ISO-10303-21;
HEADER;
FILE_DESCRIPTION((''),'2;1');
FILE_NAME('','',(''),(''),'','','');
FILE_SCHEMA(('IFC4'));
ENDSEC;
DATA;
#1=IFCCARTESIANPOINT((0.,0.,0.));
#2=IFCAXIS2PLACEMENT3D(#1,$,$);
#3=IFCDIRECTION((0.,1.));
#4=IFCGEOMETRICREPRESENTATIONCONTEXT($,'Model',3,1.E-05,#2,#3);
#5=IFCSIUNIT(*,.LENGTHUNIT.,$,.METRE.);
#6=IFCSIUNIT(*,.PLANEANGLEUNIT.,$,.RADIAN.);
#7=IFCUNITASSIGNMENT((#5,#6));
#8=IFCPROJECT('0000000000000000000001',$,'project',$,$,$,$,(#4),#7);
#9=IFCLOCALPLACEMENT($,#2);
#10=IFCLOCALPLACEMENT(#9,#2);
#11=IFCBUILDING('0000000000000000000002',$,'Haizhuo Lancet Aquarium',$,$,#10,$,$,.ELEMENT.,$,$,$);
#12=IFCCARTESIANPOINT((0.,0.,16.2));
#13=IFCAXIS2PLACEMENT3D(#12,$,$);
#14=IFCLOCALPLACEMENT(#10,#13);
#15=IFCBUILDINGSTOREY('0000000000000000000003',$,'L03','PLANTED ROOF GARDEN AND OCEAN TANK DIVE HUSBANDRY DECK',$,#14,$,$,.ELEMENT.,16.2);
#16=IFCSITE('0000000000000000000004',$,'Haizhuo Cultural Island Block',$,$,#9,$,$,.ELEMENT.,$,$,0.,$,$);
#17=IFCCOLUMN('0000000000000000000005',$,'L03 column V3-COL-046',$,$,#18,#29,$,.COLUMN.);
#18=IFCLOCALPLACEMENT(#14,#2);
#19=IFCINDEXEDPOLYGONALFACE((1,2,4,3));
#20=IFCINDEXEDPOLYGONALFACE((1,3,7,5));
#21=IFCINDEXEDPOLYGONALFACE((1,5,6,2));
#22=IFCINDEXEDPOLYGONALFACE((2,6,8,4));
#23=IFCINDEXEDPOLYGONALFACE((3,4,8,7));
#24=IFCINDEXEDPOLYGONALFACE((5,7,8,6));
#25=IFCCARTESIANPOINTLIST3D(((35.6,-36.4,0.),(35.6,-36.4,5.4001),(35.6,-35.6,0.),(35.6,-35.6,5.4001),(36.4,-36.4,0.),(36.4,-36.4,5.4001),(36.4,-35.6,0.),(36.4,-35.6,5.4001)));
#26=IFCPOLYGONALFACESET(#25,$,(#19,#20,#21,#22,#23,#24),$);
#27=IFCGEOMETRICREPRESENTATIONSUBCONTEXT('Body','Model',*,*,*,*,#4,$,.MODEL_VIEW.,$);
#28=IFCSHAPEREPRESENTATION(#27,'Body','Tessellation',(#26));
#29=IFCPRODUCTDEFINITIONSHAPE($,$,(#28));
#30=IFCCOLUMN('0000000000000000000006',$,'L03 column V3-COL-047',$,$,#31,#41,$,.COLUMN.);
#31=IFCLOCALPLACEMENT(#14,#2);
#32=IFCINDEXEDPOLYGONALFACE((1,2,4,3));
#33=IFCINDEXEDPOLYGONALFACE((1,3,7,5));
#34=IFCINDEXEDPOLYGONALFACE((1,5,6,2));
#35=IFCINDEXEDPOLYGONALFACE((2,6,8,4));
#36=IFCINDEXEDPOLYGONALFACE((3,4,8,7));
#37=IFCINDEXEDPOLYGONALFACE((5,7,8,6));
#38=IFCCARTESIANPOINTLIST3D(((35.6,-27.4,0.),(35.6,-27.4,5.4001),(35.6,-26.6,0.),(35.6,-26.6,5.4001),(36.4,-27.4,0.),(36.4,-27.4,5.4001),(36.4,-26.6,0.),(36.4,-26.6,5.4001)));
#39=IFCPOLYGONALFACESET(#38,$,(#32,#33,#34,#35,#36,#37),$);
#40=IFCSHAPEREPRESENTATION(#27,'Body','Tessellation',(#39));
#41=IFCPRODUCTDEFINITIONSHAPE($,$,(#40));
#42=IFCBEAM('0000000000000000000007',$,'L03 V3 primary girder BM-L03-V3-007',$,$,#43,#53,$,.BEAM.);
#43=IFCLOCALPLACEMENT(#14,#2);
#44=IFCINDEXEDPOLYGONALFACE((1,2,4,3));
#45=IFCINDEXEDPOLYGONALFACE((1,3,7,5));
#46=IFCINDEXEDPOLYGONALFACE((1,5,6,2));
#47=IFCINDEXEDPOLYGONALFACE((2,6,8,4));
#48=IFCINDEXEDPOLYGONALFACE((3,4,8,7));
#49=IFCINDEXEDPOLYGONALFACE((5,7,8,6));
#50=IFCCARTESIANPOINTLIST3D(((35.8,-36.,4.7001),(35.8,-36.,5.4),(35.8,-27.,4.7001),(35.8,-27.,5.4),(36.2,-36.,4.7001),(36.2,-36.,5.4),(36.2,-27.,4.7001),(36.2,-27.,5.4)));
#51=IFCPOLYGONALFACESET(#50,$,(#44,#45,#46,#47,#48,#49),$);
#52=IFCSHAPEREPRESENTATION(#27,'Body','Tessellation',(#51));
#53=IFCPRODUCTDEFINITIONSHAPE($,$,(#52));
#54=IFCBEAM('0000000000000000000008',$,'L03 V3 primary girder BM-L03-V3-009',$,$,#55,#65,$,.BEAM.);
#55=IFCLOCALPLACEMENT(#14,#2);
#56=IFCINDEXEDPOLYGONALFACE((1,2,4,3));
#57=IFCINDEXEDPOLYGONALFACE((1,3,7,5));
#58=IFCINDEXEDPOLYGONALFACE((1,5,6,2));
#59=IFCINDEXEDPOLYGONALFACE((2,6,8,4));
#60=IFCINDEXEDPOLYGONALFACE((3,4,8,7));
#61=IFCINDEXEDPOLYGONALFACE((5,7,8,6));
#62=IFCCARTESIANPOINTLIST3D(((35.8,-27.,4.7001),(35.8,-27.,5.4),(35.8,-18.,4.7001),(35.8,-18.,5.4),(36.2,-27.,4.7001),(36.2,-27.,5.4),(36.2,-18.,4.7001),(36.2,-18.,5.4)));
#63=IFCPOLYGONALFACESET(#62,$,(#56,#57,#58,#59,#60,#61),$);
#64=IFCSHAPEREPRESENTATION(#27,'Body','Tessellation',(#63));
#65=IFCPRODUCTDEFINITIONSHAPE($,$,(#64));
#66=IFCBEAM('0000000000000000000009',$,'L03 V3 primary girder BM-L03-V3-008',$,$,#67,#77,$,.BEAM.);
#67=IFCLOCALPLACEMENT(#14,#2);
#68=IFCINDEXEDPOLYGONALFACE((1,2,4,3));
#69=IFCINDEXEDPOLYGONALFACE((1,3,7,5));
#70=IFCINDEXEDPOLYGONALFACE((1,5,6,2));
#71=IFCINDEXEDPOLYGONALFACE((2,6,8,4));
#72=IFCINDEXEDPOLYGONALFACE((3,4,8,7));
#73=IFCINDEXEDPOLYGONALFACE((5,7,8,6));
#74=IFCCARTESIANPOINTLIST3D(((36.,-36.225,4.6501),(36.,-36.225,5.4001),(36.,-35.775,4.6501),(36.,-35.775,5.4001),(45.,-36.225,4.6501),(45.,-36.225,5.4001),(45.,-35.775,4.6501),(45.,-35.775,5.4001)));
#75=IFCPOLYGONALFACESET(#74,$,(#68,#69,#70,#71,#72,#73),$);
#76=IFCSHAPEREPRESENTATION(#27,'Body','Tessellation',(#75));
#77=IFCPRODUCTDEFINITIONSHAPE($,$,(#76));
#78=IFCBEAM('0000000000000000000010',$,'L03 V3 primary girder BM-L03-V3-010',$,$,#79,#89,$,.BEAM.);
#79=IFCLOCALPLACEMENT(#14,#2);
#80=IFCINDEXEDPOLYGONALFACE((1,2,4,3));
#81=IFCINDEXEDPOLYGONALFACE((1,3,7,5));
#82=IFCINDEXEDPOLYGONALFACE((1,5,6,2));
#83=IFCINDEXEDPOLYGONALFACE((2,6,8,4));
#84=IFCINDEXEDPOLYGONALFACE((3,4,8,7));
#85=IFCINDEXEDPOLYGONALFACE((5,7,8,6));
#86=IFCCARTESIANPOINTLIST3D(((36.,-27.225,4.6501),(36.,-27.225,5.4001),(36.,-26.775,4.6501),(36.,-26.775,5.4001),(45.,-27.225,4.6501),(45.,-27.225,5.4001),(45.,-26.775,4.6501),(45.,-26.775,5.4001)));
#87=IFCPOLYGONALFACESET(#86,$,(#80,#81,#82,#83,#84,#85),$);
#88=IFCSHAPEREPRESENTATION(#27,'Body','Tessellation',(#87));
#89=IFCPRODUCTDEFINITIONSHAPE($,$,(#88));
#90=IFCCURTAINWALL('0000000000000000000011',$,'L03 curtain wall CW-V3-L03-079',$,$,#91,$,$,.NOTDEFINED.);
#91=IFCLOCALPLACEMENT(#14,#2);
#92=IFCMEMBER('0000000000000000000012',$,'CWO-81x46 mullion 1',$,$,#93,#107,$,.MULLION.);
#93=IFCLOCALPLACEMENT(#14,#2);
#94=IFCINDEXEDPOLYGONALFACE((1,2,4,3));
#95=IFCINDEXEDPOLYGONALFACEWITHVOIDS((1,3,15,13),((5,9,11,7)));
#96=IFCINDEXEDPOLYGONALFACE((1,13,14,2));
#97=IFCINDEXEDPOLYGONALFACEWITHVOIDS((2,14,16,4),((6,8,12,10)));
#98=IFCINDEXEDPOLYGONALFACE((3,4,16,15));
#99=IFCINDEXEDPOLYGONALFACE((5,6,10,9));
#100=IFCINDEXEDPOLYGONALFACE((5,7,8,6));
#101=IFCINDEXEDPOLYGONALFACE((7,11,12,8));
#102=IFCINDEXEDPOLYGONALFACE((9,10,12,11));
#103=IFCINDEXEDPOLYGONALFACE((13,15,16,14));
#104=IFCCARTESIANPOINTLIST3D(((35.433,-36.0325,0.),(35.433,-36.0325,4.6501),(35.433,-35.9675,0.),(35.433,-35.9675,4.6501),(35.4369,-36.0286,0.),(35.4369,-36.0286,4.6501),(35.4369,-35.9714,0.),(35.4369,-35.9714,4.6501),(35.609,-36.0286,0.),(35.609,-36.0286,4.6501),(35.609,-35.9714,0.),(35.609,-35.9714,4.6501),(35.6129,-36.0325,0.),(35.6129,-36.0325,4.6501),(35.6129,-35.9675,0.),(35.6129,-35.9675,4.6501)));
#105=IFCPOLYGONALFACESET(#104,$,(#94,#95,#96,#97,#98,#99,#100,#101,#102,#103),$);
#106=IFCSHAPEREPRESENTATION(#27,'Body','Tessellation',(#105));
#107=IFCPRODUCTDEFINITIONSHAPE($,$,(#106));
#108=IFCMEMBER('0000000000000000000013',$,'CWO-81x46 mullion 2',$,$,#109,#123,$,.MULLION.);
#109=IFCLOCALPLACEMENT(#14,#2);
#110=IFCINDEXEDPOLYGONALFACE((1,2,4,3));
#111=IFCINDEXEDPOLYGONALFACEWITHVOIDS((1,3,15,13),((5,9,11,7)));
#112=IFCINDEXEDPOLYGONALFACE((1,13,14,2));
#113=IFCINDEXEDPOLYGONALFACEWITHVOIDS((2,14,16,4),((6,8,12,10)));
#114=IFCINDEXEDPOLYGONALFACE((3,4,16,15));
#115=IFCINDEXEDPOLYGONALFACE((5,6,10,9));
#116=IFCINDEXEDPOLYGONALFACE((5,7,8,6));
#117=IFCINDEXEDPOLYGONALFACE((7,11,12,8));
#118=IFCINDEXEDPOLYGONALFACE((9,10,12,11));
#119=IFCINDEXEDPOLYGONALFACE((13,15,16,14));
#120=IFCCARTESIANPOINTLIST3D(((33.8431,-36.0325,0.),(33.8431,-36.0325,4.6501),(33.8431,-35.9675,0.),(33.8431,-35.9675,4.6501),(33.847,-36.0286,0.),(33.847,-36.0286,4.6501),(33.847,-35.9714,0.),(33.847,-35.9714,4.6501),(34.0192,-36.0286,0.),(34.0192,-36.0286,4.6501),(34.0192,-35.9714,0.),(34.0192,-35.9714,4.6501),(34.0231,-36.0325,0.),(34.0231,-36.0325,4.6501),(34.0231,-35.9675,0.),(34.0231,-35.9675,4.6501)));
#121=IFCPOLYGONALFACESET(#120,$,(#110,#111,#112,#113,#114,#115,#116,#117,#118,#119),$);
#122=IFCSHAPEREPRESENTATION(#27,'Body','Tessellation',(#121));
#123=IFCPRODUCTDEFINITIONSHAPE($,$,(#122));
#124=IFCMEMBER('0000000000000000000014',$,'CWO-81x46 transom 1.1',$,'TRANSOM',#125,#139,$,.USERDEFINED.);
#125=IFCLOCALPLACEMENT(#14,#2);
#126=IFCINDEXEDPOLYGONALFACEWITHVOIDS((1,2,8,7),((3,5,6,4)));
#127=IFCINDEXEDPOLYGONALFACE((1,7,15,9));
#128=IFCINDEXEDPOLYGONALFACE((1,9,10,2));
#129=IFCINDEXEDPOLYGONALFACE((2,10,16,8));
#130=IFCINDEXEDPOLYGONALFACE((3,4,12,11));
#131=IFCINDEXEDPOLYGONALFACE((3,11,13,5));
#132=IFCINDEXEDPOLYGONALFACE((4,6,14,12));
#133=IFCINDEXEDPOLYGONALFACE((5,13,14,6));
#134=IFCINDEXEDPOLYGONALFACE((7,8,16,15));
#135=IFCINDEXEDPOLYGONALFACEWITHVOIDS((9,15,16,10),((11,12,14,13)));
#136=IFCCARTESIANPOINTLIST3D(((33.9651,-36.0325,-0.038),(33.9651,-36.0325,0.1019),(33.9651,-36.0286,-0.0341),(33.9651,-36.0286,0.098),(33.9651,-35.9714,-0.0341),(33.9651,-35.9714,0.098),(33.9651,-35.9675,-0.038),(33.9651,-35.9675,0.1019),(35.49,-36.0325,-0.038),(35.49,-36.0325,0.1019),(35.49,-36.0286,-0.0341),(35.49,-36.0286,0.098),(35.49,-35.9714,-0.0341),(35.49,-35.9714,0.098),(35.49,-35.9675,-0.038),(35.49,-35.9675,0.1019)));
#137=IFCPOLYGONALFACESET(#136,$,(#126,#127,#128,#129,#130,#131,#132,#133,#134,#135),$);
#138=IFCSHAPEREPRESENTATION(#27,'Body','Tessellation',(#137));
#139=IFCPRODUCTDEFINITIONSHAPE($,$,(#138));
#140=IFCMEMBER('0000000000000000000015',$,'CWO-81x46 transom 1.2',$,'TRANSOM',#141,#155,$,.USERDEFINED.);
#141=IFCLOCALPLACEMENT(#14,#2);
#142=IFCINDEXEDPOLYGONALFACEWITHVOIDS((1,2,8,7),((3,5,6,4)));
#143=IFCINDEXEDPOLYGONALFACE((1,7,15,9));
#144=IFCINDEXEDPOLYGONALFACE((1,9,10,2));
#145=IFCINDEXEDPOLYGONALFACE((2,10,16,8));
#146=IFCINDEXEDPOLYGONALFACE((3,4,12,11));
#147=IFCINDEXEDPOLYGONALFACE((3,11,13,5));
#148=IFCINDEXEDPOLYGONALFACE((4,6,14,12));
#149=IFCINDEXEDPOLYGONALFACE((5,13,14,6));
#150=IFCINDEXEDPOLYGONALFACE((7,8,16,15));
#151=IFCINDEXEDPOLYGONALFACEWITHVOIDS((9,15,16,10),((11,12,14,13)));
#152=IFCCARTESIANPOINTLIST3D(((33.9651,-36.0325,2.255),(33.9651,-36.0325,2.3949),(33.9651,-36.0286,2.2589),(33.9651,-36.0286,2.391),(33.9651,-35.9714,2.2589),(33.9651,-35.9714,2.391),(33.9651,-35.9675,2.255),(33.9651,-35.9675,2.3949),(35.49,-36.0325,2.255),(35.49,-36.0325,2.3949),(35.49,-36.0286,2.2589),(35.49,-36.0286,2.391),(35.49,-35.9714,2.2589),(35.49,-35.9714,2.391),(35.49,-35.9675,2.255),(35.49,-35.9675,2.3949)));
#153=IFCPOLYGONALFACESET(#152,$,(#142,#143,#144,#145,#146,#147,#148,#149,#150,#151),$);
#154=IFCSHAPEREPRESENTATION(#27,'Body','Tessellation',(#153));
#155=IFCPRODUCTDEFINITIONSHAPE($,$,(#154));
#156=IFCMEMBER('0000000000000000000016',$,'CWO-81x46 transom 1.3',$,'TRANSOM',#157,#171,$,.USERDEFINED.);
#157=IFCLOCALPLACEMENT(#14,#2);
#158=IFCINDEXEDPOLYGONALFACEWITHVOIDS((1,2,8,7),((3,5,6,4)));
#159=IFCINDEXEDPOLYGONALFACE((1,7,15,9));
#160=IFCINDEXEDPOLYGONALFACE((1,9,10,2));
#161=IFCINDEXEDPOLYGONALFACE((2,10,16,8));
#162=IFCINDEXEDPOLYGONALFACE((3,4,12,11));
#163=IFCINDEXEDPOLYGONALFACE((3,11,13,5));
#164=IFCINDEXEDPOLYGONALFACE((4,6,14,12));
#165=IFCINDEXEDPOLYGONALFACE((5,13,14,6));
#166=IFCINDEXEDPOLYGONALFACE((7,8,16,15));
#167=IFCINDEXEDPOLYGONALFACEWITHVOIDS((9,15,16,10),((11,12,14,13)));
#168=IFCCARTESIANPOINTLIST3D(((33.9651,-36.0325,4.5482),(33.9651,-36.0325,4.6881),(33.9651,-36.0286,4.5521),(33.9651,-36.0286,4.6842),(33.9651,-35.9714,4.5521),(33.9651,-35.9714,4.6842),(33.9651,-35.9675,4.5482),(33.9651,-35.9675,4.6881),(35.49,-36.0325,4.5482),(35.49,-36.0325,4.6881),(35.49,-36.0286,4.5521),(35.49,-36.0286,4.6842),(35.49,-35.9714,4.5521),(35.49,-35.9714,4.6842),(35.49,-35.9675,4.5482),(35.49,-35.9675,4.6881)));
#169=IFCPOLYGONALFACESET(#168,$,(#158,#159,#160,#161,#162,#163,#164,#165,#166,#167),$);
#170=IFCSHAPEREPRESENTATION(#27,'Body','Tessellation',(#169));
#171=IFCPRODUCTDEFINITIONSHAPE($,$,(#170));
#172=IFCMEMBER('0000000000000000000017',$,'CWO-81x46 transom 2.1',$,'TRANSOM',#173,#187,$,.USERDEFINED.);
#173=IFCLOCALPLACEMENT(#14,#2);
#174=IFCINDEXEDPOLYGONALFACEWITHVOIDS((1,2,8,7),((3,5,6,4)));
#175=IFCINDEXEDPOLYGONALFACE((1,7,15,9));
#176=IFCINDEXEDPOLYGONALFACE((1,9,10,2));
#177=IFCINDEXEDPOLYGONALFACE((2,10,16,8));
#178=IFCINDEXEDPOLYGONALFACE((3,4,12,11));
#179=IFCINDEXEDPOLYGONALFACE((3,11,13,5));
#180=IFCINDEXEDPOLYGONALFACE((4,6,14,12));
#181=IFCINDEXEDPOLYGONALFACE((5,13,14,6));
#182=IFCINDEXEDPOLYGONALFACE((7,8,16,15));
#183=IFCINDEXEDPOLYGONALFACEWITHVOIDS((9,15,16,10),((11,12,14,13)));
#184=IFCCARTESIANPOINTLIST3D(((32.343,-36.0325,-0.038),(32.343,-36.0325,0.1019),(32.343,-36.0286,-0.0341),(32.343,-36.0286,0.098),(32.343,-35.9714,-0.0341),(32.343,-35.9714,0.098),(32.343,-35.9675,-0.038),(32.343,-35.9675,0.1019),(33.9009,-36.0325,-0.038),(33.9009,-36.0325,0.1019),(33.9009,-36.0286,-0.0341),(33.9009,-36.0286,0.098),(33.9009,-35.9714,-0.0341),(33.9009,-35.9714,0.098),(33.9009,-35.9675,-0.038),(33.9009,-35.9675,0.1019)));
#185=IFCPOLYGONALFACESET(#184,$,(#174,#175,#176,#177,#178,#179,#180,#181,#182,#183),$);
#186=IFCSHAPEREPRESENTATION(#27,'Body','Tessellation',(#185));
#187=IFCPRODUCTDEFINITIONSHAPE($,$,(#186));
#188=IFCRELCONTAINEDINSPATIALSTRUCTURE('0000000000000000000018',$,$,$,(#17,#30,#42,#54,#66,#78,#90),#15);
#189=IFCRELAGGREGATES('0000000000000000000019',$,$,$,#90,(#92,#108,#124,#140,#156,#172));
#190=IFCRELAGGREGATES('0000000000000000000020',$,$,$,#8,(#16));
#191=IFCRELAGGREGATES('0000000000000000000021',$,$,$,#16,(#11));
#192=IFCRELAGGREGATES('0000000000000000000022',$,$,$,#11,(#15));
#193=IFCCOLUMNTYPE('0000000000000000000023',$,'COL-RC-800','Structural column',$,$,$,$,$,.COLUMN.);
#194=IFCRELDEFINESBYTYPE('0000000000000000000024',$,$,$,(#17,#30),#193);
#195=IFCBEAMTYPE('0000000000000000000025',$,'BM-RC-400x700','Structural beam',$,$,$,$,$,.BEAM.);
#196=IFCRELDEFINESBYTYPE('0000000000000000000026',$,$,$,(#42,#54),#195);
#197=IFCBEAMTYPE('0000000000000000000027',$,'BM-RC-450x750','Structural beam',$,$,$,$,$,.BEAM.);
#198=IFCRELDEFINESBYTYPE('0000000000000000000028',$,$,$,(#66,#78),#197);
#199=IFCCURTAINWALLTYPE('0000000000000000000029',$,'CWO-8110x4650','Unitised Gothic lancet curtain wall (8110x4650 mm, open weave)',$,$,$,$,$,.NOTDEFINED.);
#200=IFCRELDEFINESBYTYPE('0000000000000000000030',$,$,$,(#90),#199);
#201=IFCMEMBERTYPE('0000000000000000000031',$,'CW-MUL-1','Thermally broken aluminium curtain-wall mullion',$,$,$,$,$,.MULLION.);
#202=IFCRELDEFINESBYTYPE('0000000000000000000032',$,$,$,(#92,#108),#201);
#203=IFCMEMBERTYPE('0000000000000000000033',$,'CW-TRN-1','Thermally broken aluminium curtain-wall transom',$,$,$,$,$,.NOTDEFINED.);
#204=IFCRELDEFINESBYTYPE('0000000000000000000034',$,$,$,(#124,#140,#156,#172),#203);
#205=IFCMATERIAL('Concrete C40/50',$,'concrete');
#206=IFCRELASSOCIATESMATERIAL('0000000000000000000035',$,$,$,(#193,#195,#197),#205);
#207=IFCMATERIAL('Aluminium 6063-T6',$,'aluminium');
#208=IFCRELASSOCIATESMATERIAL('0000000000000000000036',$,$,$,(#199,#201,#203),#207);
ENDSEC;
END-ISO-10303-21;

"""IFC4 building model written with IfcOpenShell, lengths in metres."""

from ifc_helpers import new_model, si_unit, direction, frame, origin, origin_2d, place, context, subcontext, project, spatial, rectangle, hollow_rectangle, extrude, material, material_profile, profile_set, type_object, element, aggregate, save


model = new_model("IFC4")

# Units and contexts
model_context = context("Model", 3, precision=1e-05, world=origin(), true_north=direction((0.0, 1.0)))
body_context = subcontext(model_context, "Body", "Model", "MODEL_VIEW")
ifc_project = project(units=[si_unit("LENGTHUNIT", "METRE"), si_unit("PLANEANGLEUNIT", "RADIAN")], contexts=[model_context])

# Site, building, storey
site_placement = place(None, origin())
site = spatial("IfcSite", under=ifc_project, at=site_placement, Name="Haizhuo Cultural Island Block", CompositionType="ELEMENT", RefElevation=0.0)
building_placement = place(site_placement, origin())
building = spatial("IfcBuilding", under=site, at=building_placement, Name="Haizhuo Lancet Aquarium", CompositionType="ELEMENT")
storey_placement = place(building_placement, frame((0.0, 0.0, 16.2)))
storey = spatial("IfcBuildingStorey", under=building, at=storey_placement, Name="L03", Description="PLANTED ROOF GARDEN AND OCEAN TANK DIVE HUSBANDRY DECK", CompositionType="ELEMENT", Elevation=16.2)

# Columns
ifc_material_1 = material(Name="Concrete C40/50", Category="concrete")
ifc_material_profile_1 = material_profile(ifc_material_1, rectangle(XDim=0.8, YDim=0.8, at=origin_2d()), Name="RC-COL 800x800")
ifc_profile_set_1 = profile_set([ifc_material_profile_1], Name="Concrete C40/50")
column_type = type_object("IfcColumnType", Name="COL-RC-800", Description="Structural column", PredefinedType="COLUMN", material=ifc_profile_set_1)
for number, where, z_axis, x_axis, name in (
    (1, (36.0, -36.0, 0.0), (0.0, 0.0, 1.0), (1.0, 0.0, 0.0), "L03 column V3-COL-046"),
    (2, (36.0, -27.0, 0.0), (0.0, 0.0, 1.0), (1.0, 0.0, 0.0), "L03 column V3-COL-047"),
):
    element("IfcColumn", number, at=place(storey_placement, frame(where, z_axis=z_axis, x_axis=x_axis)), inside=storey, type_object=column_type, Name=name, PredefinedType="COLUMN", context=body_context, shape_type="SweptSolid", body=[
        extrude(rectangle(XDim=0.8, YDim=0.8, at=origin_2d()), origin(), (0.0, 0.0, 1.0), 5.4001),
    ])

# Beams
ifc_material_profile_2 = material_profile(ifc_material_1, rectangle(XDim=0.3999, YDim=0.7, at=origin_2d()), Name="RC-BM 400x700")
ifc_profile_set_2 = profile_set([ifc_material_profile_2], Name="Concrete C40/50")
beam_type_1 = type_object("IfcBeamType", Name="BM-RC-400x700", Description="Structural beam", PredefinedType="BEAM", material=ifc_profile_set_2)
for number, where, z_axis, x_axis, name in (
    (3, (36.0, -36.0, 5.05), (0.0, 1.0, 0.0), (-1.0, 0.0, 0.0), "L03 V3 primary girder BM-L03-V3-007"),
    (4, (36.0, -27.0, 5.05), (0.0, 1.0, 0.0), (-1.0, 0.0, 0.0), "L03 V3 primary girder BM-L03-V3-009"),
):
    element("IfcBeam", number, at=place(storey_placement, frame(where, z_axis=z_axis, x_axis=x_axis)), inside=storey, type_object=beam_type_1, Name=name, PredefinedType="BEAM", context=body_context, shape_type="SweptSolid", body=[
        extrude(rectangle(XDim=0.3999, YDim=0.7, at=origin_2d()), origin(), (0.0, 0.0, 1.0), 9.0),
    ])
ifc_material_profile_3 = material_profile(ifc_material_1, rectangle(XDim=0.45, YDim=0.75, at=origin_2d()), Name="RC-BM 450x750")
ifc_profile_set_3 = profile_set([ifc_material_profile_3], Name="Concrete C40/50")
beam_type_2 = type_object("IfcBeamType", Name="BM-RC-450x750", Description="Structural beam", PredefinedType="BEAM", material=ifc_profile_set_3)
for number, where, z_axis, x_axis, name in (
    (5, (36.0, -36.0, 5.0251), (1.0, 0.0, 0.0), (0.0, 1.0, 0.0), "L03 V3 primary girder BM-L03-V3-008"),
    (6, (36.0, -27.0, 5.0251), (1.0, 0.0, 0.0), (0.0, 1.0, 0.0), "L03 V3 primary girder BM-L03-V3-010"),
):
    element("IfcBeam", number, at=place(storey_placement, frame(where, z_axis=z_axis, x_axis=x_axis)), inside=storey, type_object=beam_type_2, Name=name, PredefinedType="BEAM", context=body_context, shape_type="SweptSolid", body=[
        extrude(rectangle(XDim=0.45, YDim=0.75, at=origin_2d()), origin(), (0.0, 0.0, 1.0), 9.0),
    ])

# Curtain wall, members
ifc_material_2 = material(Name="Aluminium 6063-T6", Category="aluminium")
curtain_wall_type = type_object("IfcCurtainWallType", Name="CWO-8110x4650", Description="Unitised Gothic lancet curtain wall (8110x4650 mm, open weave)", PredefinedType="NOTDEFINED", material=ifc_material_2)
curtain_wall_placement = place(storey_placement, origin())
curtain_wall = element("IfcCurtainWall", 7, at=curtain_wall_placement, inside=storey, type_object=curtain_wall_type, Name="L03 curtain wall CW-V3-L03-079", PredefinedType="NOTDEFINED")
ifc_material_profile_4 = material_profile(ifc_material_2, hollow_rectangle(XDim=0.0649, YDim=0.1799, WallThickness=0.0039, at=origin_2d()), Name="ALU-M 65x180x4")
ifc_profile_set_4 = profile_set([ifc_material_profile_4], Name="Aluminium 6063-T6")
member_type_1 = type_object("IfcMemberType", Name="CW-MUL-1", Description="Thermally broken aluminium curtain-wall mullion", PredefinedType="MULLION", material=ifc_profile_set_4)
member_1_placement = place(storey_placement, frame((35.5229, -36.0, 0.0), z_axis=(0.0, 0.0, 1.0), x_axis=(0.0, -1.0, 0.0)))
member_1 = element("IfcMember", 8, at=member_1_placement, type_object=member_type_1, Name="CWO-81x46 mullion 1", PredefinedType="MULLION", context=body_context, shape_type="SweptSolid", body=[
    extrude(hollow_rectangle(XDim=0.0649, YDim=0.1799, WallThickness=0.0039, at=origin_2d()), origin(), (0.0, 0.0, 1.0), 4.6501),
])
member_2_placement = place(storey_placement, frame((33.9331, -36.0, 0.0), z_axis=(0.0, 0.0, 1.0), x_axis=(0.0, -1.0, 0.0)))
member_2 = element("IfcMember", 9, at=member_2_placement, type_object=member_type_1, Name="CWO-81x46 mullion 2", PredefinedType="MULLION", context=body_context, shape_type="SweptSolid", body=[
    extrude(hollow_rectangle(XDim=0.0649, YDim=0.1799, WallThickness=0.0039, at=origin_2d()), origin(), (0.0, 0.0, 1.0), 4.6501),
])
ifc_material_profile_5 = material_profile(ifc_material_2, hollow_rectangle(XDim=0.0649, YDim=0.1399, WallThickness=0.0039, at=origin_2d()), Name="ALU-T 65x140x4")
ifc_profile_set_5 = profile_set([ifc_material_profile_5], Name="Aluminium 6063-T6")
member_type_2 = type_object("IfcMemberType", Name="CW-TRN-1", Description="Thermally broken aluminium curtain-wall transom", PredefinedType="NOTDEFINED", material=ifc_profile_set_5)
member_3_placement = place(storey_placement, frame((35.49, -36.0, 0.032), z_axis=(-1.0, 0.0, 0.0), x_axis=(0.0, -1.0, 0.0)))
member_3 = element("IfcMember", 10, at=member_3_placement, type_object=member_type_2, Name="CWO-81x46 transom 1.1", ObjectType="TRANSOM", PredefinedType="USERDEFINED", context=body_context, shape_type="SweptSolid", body=[
    extrude(hollow_rectangle(XDim=0.0649, YDim=0.1399, WallThickness=0.0039, at=origin_2d()), origin(), (0.0, 0.0, 1.0), 1.5249),
])
member_4_placement = place(storey_placement, frame((35.49, -36.0, 2.325), z_axis=(-1.0, 0.0, 0.0), x_axis=(0.0, -1.0, 0.0)))
member_4 = element("IfcMember", 11, at=member_4_placement, type_object=member_type_2, Name="CWO-81x46 transom 1.2", ObjectType="TRANSOM", PredefinedType="USERDEFINED", context=body_context, shape_type="SweptSolid", body=[
    extrude(hollow_rectangle(XDim=0.0649, YDim=0.1399, WallThickness=0.0039, at=origin_2d()), origin(), (0.0, 0.0, 1.0), 1.5249),
])
member_5_placement = place(storey_placement, frame((35.49, -36.0, 4.6182), z_axis=(-1.0, 0.0, 0.0), x_axis=(0.0, -1.0, 0.0)))
member_5 = element("IfcMember", 12, at=member_5_placement, type_object=member_type_2, Name="CWO-81x46 transom 1.3", ObjectType="TRANSOM", PredefinedType="USERDEFINED", context=body_context, shape_type="SweptSolid", body=[
    extrude(hollow_rectangle(XDim=0.0649, YDim=0.1399, WallThickness=0.0039, at=origin_2d()), origin(), (0.0, 0.0, 1.0), 1.5249),
])
member_6_placement = place(storey_placement, frame((33.9009, -36.0, 0.032), z_axis=(-1.0, 0.0, 0.0), x_axis=(0.0, -1.0, 0.0)))
member_6 = element("IfcMember", 13, at=member_6_placement, type_object=member_type_2, Name="CWO-81x46 transom 2.1", ObjectType="TRANSOM", PredefinedType="USERDEFINED", context=body_context, shape_type="SweptSolid", body=[
    extrude(hollow_rectangle(XDim=0.0649, YDim=0.1399, WallThickness=0.0039, at=origin_2d()), origin(), (0.0, 0.0, 1.0), 1.5579),
])

aggregate(curtain_wall, [member_1, member_2, member_3, member_4, member_5, member_6])

save(model, "model.ifc")
